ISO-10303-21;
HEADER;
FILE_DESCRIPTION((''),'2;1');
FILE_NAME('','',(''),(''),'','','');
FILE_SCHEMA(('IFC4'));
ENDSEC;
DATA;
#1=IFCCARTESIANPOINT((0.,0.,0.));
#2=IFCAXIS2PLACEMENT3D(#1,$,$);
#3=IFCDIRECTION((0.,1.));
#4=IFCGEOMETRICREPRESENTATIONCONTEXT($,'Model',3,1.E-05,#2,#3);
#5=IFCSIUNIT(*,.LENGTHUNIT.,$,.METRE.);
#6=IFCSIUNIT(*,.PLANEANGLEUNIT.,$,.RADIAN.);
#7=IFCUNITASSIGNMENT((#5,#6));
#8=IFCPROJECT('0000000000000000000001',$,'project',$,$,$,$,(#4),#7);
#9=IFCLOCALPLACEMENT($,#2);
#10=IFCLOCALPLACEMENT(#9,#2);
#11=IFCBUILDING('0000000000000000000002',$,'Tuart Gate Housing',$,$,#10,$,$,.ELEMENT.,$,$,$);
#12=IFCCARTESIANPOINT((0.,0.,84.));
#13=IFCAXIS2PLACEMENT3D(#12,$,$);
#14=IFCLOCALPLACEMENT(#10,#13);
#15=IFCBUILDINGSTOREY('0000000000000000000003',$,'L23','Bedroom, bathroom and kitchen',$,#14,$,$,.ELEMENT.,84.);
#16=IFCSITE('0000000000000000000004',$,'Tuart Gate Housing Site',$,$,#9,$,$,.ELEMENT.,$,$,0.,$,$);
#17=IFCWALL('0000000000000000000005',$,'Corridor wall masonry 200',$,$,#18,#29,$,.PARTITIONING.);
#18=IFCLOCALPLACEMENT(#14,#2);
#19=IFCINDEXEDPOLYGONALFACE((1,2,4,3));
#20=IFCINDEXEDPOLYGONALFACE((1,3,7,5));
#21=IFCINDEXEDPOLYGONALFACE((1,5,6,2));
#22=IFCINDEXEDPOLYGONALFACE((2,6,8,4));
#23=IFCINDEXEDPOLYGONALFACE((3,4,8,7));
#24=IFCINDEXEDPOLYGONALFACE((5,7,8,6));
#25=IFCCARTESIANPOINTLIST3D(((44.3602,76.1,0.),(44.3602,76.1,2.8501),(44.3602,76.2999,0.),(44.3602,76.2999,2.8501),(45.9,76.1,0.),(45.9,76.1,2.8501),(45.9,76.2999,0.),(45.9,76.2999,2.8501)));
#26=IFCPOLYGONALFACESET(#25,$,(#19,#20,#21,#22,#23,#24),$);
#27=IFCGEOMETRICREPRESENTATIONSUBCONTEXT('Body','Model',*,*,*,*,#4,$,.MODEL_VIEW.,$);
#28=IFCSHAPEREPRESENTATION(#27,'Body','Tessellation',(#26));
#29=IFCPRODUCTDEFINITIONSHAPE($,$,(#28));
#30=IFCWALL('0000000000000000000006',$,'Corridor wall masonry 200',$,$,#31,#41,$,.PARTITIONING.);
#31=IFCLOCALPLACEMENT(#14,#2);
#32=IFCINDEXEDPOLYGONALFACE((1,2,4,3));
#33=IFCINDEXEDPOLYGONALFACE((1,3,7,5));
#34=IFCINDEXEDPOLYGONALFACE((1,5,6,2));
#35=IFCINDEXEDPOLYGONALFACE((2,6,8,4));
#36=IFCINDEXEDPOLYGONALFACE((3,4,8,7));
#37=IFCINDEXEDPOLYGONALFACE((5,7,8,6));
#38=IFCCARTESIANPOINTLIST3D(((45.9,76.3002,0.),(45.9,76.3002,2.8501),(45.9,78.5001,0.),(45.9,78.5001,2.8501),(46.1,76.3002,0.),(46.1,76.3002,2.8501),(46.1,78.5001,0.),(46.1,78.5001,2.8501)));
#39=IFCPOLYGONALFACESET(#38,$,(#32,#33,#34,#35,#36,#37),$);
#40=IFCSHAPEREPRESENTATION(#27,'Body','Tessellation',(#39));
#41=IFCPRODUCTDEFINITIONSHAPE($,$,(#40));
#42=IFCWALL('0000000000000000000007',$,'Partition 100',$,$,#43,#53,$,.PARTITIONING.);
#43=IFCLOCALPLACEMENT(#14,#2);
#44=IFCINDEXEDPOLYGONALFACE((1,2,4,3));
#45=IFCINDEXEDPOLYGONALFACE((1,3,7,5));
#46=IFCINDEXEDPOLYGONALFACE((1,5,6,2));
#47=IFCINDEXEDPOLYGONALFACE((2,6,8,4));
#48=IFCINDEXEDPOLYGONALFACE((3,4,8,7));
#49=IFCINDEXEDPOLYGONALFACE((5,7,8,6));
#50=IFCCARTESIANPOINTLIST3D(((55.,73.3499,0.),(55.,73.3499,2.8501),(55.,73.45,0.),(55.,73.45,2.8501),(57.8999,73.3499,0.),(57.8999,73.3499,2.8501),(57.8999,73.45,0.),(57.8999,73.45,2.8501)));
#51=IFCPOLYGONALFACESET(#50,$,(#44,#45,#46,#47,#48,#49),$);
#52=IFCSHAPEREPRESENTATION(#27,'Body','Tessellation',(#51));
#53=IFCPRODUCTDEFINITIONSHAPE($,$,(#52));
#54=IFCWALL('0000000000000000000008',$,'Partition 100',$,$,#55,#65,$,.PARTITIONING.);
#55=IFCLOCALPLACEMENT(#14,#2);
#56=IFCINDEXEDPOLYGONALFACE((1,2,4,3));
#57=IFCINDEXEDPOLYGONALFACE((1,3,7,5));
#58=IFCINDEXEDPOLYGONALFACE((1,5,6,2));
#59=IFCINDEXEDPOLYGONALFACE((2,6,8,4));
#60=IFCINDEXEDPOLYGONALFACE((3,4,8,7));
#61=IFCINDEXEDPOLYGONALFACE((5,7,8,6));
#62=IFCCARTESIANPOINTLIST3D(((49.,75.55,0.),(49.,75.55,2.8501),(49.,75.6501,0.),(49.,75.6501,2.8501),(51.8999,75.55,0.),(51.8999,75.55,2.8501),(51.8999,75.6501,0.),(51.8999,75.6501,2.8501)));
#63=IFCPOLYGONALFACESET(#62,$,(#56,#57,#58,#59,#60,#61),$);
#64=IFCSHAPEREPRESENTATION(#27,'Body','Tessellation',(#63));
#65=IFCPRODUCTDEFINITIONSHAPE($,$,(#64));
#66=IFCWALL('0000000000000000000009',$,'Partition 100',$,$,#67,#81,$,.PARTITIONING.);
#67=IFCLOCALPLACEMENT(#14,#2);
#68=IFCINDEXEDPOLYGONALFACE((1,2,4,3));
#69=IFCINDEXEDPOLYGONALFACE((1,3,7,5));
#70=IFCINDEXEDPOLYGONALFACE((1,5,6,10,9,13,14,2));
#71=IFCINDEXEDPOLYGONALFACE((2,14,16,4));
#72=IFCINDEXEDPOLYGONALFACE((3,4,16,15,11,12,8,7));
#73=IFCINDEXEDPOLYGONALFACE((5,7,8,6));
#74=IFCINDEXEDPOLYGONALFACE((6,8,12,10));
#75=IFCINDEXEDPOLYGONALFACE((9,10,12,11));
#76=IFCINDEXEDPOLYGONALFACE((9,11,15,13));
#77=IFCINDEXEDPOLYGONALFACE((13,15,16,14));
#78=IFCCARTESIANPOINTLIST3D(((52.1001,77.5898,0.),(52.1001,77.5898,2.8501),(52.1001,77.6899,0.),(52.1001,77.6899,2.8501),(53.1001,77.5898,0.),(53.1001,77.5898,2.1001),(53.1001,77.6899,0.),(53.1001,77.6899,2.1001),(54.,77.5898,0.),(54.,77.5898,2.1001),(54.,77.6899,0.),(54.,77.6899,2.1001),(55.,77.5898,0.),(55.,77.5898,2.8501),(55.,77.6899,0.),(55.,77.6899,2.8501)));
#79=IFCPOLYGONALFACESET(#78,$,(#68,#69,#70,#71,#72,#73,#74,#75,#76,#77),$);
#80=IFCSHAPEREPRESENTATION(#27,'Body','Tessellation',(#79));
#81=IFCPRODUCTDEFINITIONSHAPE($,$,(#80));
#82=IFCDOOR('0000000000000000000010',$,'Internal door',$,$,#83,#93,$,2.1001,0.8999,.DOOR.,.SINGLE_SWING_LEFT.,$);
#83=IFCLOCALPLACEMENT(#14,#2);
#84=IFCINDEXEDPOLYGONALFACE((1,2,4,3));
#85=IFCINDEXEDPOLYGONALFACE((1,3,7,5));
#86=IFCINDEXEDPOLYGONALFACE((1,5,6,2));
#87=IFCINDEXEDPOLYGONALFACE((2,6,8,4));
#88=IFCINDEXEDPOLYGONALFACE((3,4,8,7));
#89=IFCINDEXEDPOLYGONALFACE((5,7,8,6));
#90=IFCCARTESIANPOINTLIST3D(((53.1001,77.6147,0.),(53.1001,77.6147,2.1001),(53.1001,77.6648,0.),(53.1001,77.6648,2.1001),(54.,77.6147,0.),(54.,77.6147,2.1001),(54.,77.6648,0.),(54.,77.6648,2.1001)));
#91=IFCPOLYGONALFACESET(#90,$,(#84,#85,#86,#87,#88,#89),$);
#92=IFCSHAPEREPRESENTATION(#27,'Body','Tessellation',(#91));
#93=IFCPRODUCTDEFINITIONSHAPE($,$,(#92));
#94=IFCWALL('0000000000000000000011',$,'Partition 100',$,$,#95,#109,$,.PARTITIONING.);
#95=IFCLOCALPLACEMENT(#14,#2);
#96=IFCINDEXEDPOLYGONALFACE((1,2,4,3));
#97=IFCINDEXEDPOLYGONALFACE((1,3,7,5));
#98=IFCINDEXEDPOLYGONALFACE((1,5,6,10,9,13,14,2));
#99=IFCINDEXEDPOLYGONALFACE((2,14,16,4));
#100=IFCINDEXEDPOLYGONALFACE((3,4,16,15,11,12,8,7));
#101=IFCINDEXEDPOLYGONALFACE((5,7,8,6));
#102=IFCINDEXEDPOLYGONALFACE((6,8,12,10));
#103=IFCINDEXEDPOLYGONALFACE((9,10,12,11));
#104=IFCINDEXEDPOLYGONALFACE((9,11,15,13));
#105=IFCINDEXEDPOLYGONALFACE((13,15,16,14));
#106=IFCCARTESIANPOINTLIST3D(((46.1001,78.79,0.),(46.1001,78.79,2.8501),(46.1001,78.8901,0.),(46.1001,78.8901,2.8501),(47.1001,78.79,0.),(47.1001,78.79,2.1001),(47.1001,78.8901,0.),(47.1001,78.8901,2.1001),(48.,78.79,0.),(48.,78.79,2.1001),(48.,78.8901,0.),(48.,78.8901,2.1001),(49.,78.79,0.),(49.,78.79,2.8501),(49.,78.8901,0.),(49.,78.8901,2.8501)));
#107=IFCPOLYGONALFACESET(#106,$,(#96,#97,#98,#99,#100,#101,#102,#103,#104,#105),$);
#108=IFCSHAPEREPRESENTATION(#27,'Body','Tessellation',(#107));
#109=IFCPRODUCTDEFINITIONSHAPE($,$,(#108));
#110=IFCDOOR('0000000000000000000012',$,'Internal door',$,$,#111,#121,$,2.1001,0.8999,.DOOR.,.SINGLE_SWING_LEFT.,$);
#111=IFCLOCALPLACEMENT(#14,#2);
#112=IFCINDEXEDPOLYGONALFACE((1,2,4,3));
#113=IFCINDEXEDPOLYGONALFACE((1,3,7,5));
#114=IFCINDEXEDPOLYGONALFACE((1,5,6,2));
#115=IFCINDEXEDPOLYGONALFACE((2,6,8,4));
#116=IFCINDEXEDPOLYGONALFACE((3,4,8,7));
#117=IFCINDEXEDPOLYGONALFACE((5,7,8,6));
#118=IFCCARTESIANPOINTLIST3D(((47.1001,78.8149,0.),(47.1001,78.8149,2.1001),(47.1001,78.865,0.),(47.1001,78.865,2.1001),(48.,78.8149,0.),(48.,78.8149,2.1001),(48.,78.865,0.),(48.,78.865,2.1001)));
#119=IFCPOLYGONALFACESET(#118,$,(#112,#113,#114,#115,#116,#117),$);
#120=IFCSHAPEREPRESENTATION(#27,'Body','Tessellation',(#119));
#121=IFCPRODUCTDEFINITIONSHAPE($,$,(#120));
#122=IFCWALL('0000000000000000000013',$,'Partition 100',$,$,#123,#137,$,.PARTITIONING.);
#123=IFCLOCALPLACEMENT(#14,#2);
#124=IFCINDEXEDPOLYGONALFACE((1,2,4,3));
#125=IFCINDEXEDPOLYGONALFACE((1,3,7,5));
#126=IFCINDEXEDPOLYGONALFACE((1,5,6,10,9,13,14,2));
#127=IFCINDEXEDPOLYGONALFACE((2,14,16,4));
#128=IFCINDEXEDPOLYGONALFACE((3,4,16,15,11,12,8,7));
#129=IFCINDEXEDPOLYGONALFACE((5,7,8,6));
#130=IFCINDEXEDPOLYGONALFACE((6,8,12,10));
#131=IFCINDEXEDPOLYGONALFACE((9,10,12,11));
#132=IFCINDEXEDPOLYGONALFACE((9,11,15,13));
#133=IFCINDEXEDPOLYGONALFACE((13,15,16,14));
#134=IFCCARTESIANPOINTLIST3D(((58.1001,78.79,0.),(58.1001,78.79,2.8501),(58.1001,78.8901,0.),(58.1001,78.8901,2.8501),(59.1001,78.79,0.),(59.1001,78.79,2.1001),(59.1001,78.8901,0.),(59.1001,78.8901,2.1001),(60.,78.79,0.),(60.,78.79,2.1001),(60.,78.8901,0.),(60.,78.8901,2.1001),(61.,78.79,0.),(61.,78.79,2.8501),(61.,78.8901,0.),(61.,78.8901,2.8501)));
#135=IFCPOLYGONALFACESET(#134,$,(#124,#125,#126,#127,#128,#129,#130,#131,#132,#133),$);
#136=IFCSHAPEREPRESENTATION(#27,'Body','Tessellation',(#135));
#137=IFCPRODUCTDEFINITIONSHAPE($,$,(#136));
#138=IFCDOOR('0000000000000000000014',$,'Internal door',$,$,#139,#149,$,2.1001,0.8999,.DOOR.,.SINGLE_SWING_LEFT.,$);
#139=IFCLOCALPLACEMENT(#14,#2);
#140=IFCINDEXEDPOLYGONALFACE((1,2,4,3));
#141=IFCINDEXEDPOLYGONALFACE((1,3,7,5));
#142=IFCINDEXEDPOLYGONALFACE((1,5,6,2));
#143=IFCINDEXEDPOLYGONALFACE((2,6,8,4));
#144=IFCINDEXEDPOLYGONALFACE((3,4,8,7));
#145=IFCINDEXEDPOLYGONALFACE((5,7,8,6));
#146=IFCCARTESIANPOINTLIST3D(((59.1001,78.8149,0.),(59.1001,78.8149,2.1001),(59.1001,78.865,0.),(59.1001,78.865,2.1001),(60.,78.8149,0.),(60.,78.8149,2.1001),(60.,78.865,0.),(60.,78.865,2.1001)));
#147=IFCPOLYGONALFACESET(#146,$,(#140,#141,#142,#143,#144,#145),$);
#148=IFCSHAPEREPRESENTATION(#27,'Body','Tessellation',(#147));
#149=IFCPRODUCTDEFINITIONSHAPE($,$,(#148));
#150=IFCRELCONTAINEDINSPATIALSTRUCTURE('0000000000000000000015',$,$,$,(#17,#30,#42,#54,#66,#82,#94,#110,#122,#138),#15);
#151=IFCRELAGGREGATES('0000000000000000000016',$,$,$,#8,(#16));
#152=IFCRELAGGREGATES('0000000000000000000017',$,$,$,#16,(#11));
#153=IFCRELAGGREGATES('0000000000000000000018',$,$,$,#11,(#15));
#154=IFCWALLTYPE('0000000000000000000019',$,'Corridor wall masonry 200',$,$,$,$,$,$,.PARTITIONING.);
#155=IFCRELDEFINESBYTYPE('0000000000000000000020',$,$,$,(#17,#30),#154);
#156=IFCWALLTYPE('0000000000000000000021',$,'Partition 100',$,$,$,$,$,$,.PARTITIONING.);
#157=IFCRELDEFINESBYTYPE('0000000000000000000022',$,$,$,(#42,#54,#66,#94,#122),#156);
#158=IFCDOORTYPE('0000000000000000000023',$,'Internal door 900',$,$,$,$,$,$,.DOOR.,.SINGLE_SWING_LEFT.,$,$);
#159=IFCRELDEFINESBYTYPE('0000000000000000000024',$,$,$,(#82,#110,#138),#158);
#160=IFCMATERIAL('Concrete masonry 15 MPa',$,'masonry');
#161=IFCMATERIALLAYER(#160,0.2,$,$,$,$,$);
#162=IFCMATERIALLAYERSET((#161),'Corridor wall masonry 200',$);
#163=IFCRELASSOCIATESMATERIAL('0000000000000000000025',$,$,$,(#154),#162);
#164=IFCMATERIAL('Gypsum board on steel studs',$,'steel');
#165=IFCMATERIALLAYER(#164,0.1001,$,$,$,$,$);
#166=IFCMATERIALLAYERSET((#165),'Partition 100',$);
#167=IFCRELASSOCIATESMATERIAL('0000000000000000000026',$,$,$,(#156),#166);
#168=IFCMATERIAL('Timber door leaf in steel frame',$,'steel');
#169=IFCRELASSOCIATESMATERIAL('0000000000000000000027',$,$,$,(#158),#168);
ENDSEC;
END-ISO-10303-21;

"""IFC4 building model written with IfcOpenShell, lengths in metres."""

from ifc_helpers import new_model, si_unit, direction, frame, frame_2d, origin, place, context, subcontext, project, spatial, rectangle, extrude, material, layer, layer_set, type_object, element, fill, save


model = new_model("IFC4")

# Units and contexts
model_context = context("Model", 3, precision=1e-05, world=origin(), true_north=direction((0.0, 1.0)))
body_context = subcontext(model_context, "Body", "Model", "MODEL_VIEW")
ifc_project = project(units=[si_unit("LENGTHUNIT", "METRE"), si_unit("PLANEANGLEUNIT", "RADIAN")], contexts=[model_context])

# Site, building, storey
site_placement = place(None, origin())
site = spatial("IfcSite", under=ifc_project, at=site_placement, Name="Tuart Gate Housing Site", CompositionType="ELEMENT", RefElevation=0.0)
building_placement = place(site_placement, origin())
building = spatial("IfcBuilding", under=site, at=building_placement, Name="Tuart Gate Housing", CompositionType="ELEMENT")
storey_placement = place(building_placement, frame((0.0, 0.0, 84.0)))
storey = spatial("IfcBuildingStorey", under=building, at=storey_placement, Name="L23", Description="Bedroom, bathroom and kitchen", CompositionType="ELEMENT", Elevation=84.0)

# Walls
ifc_material_1 = material(Name="Concrete masonry 15 MPa", Category="masonry")
ifc_layer_1 = layer(ifc_material_1, 0.2)
ifc_layer_set_1 = layer_set([ifc_layer_1], Name="Corridor wall masonry 200")
wall_type_1 = type_object("IfcWallType", Name="Corridor wall masonry 200", PredefinedType="PARTITIONING", material=ifc_layer_set_1)
wall_1_placement = place(storey_placement, frame((44.3601, 76.2, 0.0), z_axis=(0.0, 0.0, 1.0), x_axis=(1.0, 0.0, 0.0)))
element("IfcWall", 1, at=wall_1_placement, inside=storey, type_object=wall_type_1, Name="Corridor wall masonry 200", PredefinedType="PARTITIONING", context=body_context, shape_type="SweptSolid", body=[
    extrude(rectangle(XDim=1.5398, YDim=0.2, at=frame_2d((0.77, 0.0))), origin(), (0.0, 0.0, 1.0), 2.8501),
])
wall_2_placement = place(storey_placement, frame((46.0, 76.3, 0.0), z_axis=(0.0, 0.0, 1.0), x_axis=(0.0, 1.0, 0.0)))
element("IfcWall", 2, at=wall_2_placement, inside=storey, type_object=wall_type_1, Name="Corridor wall masonry 200", PredefinedType="PARTITIONING", context=body_context, shape_type="SweptSolid", body=[
    extrude(rectangle(XDim=2.2, YDim=0.2, at=frame_2d((1.1001, 0.0))), origin(), (0.0, 0.0, 1.0), 2.8501),
])
ifc_material_2 = material(Name="Gypsum board on steel studs", Category="steel")
ifc_layer_2 = layer(ifc_material_2, 0.1001)
ifc_layer_set_2 = layer_set([ifc_layer_2], Name="Partition 100")
wall_type_2 = type_object("IfcWallType", Name="Partition 100", PredefinedType="PARTITIONING", material=ifc_layer_set_2)
for number, where, z_axis, x_axis, name in (
    (3, (55.0, 73.3999, 0.0), (0.0, 0.0, 1.0), (1.0, 0.0, 0.0), "Partition 100"),
    (4, (49.0, 75.6001, 0.0), (0.0, 0.0, 1.0), (1.0, 0.0, 0.0), "Partition 100"),
):
    element("IfcWall", number, at=place(storey_placement, frame(where, z_axis=z_axis, x_axis=x_axis)), inside=storey, type_object=wall_type_2, Name=name, PredefinedType="PARTITIONING", context=body_context, shape_type="SweptSolid", body=[
        extrude(rectangle(XDim=2.8999, YDim=0.1001, at=frame_2d((1.45, 0.0))), origin(), (0.0, 0.0, 1.0), 2.8501),
    ])

# Walls, openings, doors
wall_3_placement = place(storey_placement, frame((52.1001, 77.6399, 0.0), z_axis=(0.0, 0.0, 1.0), x_axis=(1.0, 0.0, 0.0)))
wall_3 = element("IfcWall", 5, at=wall_3_placement, inside=storey, type_object=wall_type_2, Name="Partition 100", PredefinedType="PARTITIONING", context=body_context, shape_type="SweptSolid", body=[
    extrude(rectangle(XDim=2.8999, YDim=0.1001, at=frame_2d((1.45, 0.0))), origin(), (0.0, 0.0, 1.0), 2.8501),
])
opening_1_placement = place(wall_3_placement, frame((1.0, 0.0, 0.0)))
opening_1 = element("IfcOpeningElement", 6, at=opening_1_placement, cuts=wall_3, PredefinedType="OPENING", context=body_context, shape_type="SweptSolid", body=[
    extrude(rectangle(XDim=0.8999, YDim=2.1001, at=frame_2d((0.45, 1.05))), frame((0.0, 0.0601, 0.0), z_axis=(0.0, -1.0, 0.0), x_axis=(1.0, 0.0, 0.0)), (0.0, 0.0, 1.0), 0.1201),
])
ifc_material_3 = material(Name="Timber door leaf in steel frame", Category="steel")
door_type_1 = type_object("IfcDoorType", Name="Internal door 900", OperationType="SINGLE_SWING_LEFT", PredefinedType="DOOR", material=ifc_material_3)
door_1_placement = place(opening_1_placement, frame((0.8999, 0.0, 0.0), z_axis=(0.0, 0.0, 1.0), x_axis=(-1.0, 0.0, 0.0)))
door_1 = element("IfcDoor", 7, at=door_1_placement, inside=storey, type_object=door_type_1, Name="Internal door", OperationType="SINGLE_SWING_LEFT", OverallHeight=2.1001, OverallWidth=0.8999, PredefinedType="DOOR", context=body_context, shape_type="SweptSolid", body=[
    extrude(rectangle(XDim=0.8999, YDim=2.1001, at=frame_2d((0.45, 1.05))), frame((0.0, 0.0251, 0.0), z_axis=(0.0, -1.0, 0.0), x_axis=(1.0, 0.0, 0.0)), (0.0, 0.0, 1.0), 0.05),
])
fill(opening_1, door_1)
wall_4_placement = place(storey_placement, frame((46.1001, 78.8401, 0.0), z_axis=(0.0, 0.0, 1.0), x_axis=(1.0, 0.0, 0.0)))
wall_4 = element("IfcWall", 8, at=wall_4_placement, inside=storey, type_object=wall_type_2, Name="Partition 100", PredefinedType="PARTITIONING", context=body_context, shape_type="SweptSolid", body=[
    extrude(rectangle(XDim=2.8999, YDim=0.1001, at=frame_2d((1.45, 0.0))), origin(), (0.0, 0.0, 1.0), 2.8501),
])
opening_2_placement = place(wall_4_placement, frame((1.0, 0.0, 0.0)))
opening_2 = element("IfcOpeningElement", 9, at=opening_2_placement, cuts=wall_4, PredefinedType="OPENING", context=body_context, shape_type="SweptSolid", body=[
    extrude(rectangle(XDim=0.8999, YDim=2.1001, at=frame_2d((0.45, 1.05))), frame((0.0, 0.0601, 0.0), z_axis=(0.0, -1.0, 0.0), x_axis=(1.0, 0.0, 0.0)), (0.0, 0.0, 1.0), 0.1201),
])
door_2_placement = place(opening_2_placement, frame((0.8999, 0.0, 0.0), z_axis=(0.0, 0.0, 1.0), x_axis=(-1.0, 0.0, 0.0)))
door_2 = element("IfcDoor", 10, at=door_2_placement, inside=storey, type_object=door_type_1, Name="Internal door", OperationType="SINGLE_SWING_LEFT", OverallHeight=2.1001, OverallWidth=0.8999, PredefinedType="DOOR", context=body_context, shape_type="SweptSolid", body=[
    extrude(rectangle(XDim=0.8999, YDim=2.1001, at=frame_2d((0.45, 1.05))), frame((0.0, 0.0251, 0.0), z_axis=(0.0, -1.0, 0.0), x_axis=(1.0, 0.0, 0.0)), (0.0, 0.0, 1.0), 0.05),
])
fill(opening_2, door_2)
wall_5_placement = place(storey_placement, frame((58.1001, 78.8401, 0.0), z_axis=(0.0, 0.0, 1.0), x_axis=(1.0, 0.0, 0.0)))
wall_5 = element("IfcWall", 11, at=wall_5_placement, inside=storey, type_object=wall_type_2, Name="Partition 100", PredefinedType="PARTITIONING", context=body_context, shape_type="SweptSolid", body=[
    extrude(rectangle(XDim=2.8999, YDim=0.1001, at=frame_2d((1.45, 0.0))), origin(), (0.0, 0.0, 1.0), 2.8501),
])
opening_3_placement = place(wall_5_placement, frame((1.0, 0.0, 0.0)))
opening_3 = element("IfcOpeningElement", 12, at=opening_3_placement, cuts=wall_5, PredefinedType="OPENING", context=body_context, shape_type="SweptSolid", body=[
    extrude(rectangle(XDim=0.8999, YDim=2.1001, at=frame_2d((0.45, 1.05))), frame((0.0, 0.0601, 0.0), z_axis=(0.0, -1.0, 0.0), x_axis=(1.0, 0.0, 0.0)), (0.0, 0.0, 1.0), 0.1201),
])
door_3_placement = place(opening_3_placement, frame((0.8999, 0.0, 0.0), z_axis=(0.0, 0.0, 1.0), x_axis=(-1.0, 0.0, 0.0)))
door_3 = element("IfcDoor", 13, at=door_3_placement, inside=storey, type_object=door_type_1, Name="Internal door", OperationType="SINGLE_SWING_LEFT", OverallHeight=2.1001, OverallWidth=0.8999, PredefinedType="DOOR", context=body_context, shape_type="SweptSolid", body=[
    extrude(rectangle(XDim=0.8999, YDim=2.1001, at=frame_2d((0.45, 1.05))), frame((0.0, 0.0251, 0.0), z_axis=(0.0, -1.0, 0.0), x_axis=(1.0, 0.0, 0.0)), (0.0, 0.0, 1.0), 0.05),
])
fill(opening_3, door_3)

save(model, "model.ifc")
